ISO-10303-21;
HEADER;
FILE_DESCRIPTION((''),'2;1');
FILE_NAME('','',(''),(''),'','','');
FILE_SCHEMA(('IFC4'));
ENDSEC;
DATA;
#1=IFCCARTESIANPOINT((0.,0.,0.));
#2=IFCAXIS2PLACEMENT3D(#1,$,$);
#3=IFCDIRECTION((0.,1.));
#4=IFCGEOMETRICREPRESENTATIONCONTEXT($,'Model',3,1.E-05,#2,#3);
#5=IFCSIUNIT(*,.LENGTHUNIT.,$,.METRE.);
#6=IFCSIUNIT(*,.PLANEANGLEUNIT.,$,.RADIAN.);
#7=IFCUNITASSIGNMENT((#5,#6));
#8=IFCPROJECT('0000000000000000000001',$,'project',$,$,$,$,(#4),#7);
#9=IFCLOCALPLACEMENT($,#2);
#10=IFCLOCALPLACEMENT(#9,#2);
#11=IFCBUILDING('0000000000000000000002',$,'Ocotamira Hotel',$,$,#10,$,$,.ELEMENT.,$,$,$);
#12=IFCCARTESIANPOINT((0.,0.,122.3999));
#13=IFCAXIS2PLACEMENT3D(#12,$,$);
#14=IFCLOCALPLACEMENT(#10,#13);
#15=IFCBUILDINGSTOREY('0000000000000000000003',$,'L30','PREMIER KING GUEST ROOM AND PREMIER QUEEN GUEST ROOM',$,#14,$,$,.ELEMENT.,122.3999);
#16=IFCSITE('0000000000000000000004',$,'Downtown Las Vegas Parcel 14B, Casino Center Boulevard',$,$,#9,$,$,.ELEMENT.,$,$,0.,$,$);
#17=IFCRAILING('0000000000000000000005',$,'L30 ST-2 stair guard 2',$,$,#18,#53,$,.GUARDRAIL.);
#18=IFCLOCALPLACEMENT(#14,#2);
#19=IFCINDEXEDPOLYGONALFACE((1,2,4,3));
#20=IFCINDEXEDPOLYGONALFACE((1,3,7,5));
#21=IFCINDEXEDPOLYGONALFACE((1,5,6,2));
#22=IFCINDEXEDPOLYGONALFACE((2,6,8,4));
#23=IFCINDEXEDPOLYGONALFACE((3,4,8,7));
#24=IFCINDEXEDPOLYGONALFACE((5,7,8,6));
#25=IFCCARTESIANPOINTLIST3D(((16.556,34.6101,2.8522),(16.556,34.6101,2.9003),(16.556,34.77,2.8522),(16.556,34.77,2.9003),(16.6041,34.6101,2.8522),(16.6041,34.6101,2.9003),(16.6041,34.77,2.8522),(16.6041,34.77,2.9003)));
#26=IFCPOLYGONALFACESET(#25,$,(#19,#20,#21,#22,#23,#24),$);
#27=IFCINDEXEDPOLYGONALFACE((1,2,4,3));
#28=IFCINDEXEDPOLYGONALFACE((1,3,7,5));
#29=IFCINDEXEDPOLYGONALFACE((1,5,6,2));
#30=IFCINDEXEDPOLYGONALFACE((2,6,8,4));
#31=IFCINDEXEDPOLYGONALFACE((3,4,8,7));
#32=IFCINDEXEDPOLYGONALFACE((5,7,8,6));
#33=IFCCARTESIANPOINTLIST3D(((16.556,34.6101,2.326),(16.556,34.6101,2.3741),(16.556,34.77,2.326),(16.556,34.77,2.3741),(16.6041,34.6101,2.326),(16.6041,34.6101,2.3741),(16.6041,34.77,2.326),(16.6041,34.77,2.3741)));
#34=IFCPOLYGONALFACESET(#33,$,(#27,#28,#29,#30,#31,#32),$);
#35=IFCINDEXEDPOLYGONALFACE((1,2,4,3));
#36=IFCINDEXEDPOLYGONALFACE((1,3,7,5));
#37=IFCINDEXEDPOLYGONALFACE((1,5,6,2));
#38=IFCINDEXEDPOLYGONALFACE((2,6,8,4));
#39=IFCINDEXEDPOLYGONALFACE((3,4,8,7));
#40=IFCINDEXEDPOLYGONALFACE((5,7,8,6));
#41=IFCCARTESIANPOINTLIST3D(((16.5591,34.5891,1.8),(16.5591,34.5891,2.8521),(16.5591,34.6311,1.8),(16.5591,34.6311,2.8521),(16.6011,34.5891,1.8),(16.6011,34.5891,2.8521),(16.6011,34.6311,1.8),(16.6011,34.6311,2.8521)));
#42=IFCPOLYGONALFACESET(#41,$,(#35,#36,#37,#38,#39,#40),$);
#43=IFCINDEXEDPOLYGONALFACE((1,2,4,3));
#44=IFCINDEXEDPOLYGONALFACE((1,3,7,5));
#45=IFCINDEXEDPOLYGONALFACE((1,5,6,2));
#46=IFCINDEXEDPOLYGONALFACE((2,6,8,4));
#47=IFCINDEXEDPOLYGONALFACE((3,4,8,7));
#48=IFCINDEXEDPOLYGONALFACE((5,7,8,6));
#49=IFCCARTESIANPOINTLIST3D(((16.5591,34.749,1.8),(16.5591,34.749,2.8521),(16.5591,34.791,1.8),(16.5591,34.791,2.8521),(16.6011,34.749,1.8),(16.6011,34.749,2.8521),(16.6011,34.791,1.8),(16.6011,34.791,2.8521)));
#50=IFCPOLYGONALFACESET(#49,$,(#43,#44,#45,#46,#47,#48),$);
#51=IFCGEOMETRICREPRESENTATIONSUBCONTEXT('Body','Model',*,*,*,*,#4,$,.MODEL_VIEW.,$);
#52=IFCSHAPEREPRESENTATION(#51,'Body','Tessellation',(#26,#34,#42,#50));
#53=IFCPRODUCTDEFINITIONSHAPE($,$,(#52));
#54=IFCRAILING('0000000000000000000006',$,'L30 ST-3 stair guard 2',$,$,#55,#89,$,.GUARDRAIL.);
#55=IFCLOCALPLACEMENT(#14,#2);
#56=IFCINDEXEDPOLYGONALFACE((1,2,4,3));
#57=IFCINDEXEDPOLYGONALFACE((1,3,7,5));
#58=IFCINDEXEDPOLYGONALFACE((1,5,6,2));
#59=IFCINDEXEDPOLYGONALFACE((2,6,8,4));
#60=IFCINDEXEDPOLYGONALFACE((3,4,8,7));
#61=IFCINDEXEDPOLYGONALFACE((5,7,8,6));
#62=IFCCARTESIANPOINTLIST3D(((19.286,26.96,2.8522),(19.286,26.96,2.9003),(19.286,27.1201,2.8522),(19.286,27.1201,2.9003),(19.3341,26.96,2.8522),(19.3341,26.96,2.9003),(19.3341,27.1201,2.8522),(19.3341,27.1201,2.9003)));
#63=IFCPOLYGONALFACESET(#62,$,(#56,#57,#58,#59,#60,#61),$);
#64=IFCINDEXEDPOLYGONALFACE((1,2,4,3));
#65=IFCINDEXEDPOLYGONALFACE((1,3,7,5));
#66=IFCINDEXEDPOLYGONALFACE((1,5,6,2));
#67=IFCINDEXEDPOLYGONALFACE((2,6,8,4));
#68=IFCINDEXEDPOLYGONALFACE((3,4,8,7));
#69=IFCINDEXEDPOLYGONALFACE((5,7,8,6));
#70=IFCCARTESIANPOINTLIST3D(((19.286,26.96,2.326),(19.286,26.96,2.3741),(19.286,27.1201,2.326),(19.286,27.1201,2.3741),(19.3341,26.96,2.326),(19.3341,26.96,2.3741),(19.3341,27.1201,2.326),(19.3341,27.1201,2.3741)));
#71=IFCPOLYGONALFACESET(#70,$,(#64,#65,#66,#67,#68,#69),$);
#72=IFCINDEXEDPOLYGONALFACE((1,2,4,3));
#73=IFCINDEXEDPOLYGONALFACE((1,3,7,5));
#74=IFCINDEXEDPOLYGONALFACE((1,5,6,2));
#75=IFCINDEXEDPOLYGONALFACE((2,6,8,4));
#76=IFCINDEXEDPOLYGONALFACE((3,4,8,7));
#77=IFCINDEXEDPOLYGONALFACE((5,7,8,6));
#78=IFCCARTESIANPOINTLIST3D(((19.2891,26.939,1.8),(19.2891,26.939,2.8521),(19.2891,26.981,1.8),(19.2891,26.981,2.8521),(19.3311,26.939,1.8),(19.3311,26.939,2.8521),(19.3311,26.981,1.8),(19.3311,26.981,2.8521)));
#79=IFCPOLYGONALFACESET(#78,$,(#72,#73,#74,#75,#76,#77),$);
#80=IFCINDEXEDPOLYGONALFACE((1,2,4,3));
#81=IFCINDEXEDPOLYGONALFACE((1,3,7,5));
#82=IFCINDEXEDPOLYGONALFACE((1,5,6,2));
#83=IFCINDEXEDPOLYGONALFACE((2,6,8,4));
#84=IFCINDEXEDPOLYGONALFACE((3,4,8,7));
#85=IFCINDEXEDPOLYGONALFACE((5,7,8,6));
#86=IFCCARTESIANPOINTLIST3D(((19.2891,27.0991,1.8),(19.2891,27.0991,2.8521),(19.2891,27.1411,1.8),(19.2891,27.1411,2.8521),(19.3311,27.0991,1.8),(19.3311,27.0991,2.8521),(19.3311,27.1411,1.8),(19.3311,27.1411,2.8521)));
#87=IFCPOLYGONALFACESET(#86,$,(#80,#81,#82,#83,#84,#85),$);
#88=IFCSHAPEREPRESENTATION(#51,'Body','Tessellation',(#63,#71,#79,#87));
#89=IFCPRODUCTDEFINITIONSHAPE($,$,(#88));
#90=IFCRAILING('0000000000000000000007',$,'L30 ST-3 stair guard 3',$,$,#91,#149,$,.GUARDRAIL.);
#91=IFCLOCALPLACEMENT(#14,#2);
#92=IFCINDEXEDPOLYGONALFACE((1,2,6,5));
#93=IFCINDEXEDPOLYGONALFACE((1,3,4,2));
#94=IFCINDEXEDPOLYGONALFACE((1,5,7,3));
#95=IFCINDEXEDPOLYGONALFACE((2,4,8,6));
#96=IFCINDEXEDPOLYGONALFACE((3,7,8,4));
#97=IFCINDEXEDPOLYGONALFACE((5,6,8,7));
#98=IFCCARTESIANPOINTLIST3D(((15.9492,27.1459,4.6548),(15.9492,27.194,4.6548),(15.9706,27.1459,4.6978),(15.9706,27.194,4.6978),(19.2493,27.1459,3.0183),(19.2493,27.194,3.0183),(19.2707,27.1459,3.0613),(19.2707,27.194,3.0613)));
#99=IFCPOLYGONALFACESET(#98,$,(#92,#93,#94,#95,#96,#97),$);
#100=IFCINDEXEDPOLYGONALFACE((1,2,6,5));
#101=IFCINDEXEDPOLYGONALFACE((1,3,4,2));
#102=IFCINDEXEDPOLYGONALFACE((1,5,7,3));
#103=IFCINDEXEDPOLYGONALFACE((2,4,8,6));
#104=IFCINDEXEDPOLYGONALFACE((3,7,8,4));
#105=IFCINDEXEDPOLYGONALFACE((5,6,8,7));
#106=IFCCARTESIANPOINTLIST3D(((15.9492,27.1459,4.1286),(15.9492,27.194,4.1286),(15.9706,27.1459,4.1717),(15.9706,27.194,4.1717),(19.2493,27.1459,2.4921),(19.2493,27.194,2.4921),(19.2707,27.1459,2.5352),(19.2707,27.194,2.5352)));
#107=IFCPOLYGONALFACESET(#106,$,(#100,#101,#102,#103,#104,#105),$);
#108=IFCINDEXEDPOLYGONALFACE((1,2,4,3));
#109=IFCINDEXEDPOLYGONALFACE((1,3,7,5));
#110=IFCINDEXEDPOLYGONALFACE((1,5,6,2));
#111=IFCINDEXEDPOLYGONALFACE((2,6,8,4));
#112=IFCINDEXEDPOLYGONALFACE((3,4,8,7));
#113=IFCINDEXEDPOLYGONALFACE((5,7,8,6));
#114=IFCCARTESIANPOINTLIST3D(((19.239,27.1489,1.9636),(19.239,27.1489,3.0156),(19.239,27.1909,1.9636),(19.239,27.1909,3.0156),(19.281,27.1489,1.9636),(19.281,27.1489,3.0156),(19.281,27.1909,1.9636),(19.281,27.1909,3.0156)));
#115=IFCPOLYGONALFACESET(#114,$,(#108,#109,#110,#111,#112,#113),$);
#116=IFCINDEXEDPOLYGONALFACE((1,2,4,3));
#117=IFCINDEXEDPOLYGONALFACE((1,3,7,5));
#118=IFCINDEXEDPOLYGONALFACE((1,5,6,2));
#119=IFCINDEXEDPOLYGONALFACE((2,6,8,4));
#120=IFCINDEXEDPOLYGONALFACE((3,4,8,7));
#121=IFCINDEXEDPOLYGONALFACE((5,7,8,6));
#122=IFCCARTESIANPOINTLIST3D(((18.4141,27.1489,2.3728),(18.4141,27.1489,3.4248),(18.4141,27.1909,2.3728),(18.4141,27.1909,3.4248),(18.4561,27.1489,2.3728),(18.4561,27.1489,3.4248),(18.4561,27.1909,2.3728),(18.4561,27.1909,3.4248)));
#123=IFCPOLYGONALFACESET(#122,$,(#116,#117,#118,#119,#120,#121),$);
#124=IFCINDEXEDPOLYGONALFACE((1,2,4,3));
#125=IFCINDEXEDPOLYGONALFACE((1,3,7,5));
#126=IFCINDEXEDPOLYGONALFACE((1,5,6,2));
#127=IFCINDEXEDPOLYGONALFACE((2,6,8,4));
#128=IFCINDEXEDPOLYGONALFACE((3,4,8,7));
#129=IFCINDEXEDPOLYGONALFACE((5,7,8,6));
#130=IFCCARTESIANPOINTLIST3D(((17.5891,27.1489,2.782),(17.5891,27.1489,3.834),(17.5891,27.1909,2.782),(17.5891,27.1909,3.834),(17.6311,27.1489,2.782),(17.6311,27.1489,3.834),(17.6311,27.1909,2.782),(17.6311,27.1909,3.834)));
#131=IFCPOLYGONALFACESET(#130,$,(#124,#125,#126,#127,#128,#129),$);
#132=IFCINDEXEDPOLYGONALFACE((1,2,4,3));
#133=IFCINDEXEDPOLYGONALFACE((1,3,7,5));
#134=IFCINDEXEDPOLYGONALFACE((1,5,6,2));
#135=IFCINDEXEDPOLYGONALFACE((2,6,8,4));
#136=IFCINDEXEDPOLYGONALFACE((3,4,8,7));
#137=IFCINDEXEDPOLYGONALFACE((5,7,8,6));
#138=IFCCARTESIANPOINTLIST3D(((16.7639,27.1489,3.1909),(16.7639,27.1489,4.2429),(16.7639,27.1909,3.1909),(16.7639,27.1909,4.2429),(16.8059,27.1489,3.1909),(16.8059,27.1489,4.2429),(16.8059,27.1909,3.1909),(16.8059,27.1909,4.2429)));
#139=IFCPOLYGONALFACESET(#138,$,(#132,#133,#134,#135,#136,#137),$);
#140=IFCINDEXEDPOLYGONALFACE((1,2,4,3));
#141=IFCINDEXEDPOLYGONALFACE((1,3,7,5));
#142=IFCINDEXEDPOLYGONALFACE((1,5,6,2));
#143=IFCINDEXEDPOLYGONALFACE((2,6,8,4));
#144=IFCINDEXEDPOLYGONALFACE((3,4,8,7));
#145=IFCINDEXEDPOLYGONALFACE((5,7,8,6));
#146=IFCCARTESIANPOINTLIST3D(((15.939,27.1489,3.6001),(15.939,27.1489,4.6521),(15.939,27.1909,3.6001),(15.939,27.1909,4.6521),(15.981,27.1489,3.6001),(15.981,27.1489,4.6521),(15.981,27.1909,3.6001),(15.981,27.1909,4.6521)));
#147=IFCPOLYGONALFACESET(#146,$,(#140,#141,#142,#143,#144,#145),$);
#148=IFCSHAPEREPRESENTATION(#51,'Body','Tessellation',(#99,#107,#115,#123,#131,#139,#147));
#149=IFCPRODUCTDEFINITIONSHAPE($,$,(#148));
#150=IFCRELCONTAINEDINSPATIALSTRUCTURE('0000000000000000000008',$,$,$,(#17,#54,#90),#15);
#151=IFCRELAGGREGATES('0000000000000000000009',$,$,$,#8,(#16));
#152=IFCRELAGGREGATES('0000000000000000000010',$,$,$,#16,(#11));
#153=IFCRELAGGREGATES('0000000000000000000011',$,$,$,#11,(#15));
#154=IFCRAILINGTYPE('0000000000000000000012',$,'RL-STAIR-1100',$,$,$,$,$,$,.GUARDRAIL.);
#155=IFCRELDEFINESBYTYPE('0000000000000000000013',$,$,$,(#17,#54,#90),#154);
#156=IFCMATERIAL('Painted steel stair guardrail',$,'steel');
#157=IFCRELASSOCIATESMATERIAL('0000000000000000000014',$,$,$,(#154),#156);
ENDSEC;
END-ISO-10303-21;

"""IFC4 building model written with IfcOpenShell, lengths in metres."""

from ifc_helpers import new_model, si_unit, direction, frame, origin, origin_2d, place, context, subcontext, project, spatial, rectangle, extrude, material, type_object, element, save


model = new_model("IFC4")

# Units and contexts
model_context = context("Model", 3, precision=1e-05, world=origin(), true_north=direction((0.0, 1.0)))
body_context = subcontext(model_context, "Body", "Model", "MODEL_VIEW")
ifc_project = project(units=[si_unit("LENGTHUNIT", "METRE"), si_unit("PLANEANGLEUNIT", "RADIAN")], contexts=[model_context])

# Site, building, storey
site_placement = place(None, origin())
site = spatial("IfcSite", under=ifc_project, at=site_placement, Name="Downtown Las Vegas Parcel 14B, Casino Center Boulevard", CompositionType="ELEMENT", RefElevation=0.0)
building_placement = place(site_placement, origin())
building = spatial("IfcBuilding", under=site, at=building_placement, Name="Ocotamira Hotel", CompositionType="ELEMENT")
storey_placement = place(building_placement, frame((0.0, 0.0, 122.3999)))
storey = spatial("IfcBuildingStorey", under=building, at=storey_placement, Name="L30", Description="PREMIER KING GUEST ROOM AND PREMIER QUEEN GUEST ROOM", CompositionType="ELEMENT", Elevation=122.3999)

# Railings
ifc_material_1 = material(Name="Painted steel stair guardrail", Category="steel")
railing_type_1 = type_object("IfcRailingType", Name="RL-STAIR-1100", PredefinedType="GUARDRAIL", material=ifc_material_1)
railing_1_placement = place(storey_placement, frame((16.5801, 34.6101, 1.8)))
element("IfcRailing", 1, at=railing_1_placement, inside=storey, type_object=railing_type_1, Name="L30 ST-2 stair guard 2", PredefinedType="GUARDRAIL", context=body_context, shape_type="SweptSolid", body=[
    extrude(rectangle(XDim=0.0481, YDim=0.0481, at=origin_2d()), frame((0.0, 0.0, 1.0762), z_axis=(0.0, 1.0, 0.0), x_axis=(-1.0, 0.0, 0.0)), (0.0, 0.0, 1.0), 0.1599),
    extrude(rectangle(XDim=0.0481, YDim=0.0481, at=origin_2d()), frame((0.0, 0.0, 0.55), z_axis=(0.0, 1.0, 0.0), x_axis=(-1.0, 0.0, 0.0)), (0.0, 0.0, 1.0), 0.1599),
    extrude(rectangle(XDim=0.042, YDim=0.042, at=origin_2d()), origin(), (0.0, 0.0, 1.0), 1.052),
    extrude(rectangle(XDim=0.042, YDim=0.042, at=origin_2d()), frame((0.0, 0.1599, 0.0)), (0.0, 0.0, 1.0), 1.052),
])
railing_2_placement = place(storey_placement, frame((19.3101, 26.96, 1.8)))
element("IfcRailing", 2, at=railing_2_placement, inside=storey, type_object=railing_type_1, Name="L30 ST-3 stair guard 2", PredefinedType="GUARDRAIL", context=body_context, shape_type="SweptSolid", body=[
    extrude(rectangle(XDim=0.0481, YDim=0.0481, at=origin_2d()), frame((0.0, 0.0, 1.0762), z_axis=(0.0, 1.0, 0.0), x_axis=(-1.0, 0.0, 0.0)), (0.0, 0.0, 1.0), 0.1602),
    extrude(rectangle(XDim=0.0481, YDim=0.0481, at=origin_2d()), frame((0.0, 0.0, 0.55), z_axis=(0.0, 1.0, 0.0), x_axis=(-1.0, 0.0, 0.0)), (0.0, 0.0, 1.0), 0.1602),
    extrude(rectangle(XDim=0.042, YDim=0.042, at=origin_2d()), origin(), (0.0, 0.0, 1.0), 1.052),
    extrude(rectangle(XDim=0.042, YDim=0.042, at=origin_2d()), frame((0.0, 0.1602, 0.0)), (0.0, 0.0, 1.0), 1.052),
])
railing_3_placement = place(storey_placement, frame((19.26, 27.1699, 1.9636)))
element("IfcRailing", 3, at=railing_3_placement, inside=storey, type_object=railing_type_1, Name="L30 ST-3 stair guard 3", PredefinedType="GUARDRAIL", context=body_context, shape_type="SweptSolid", body=[
    extrude(rectangle(XDim=0.0481, YDim=0.0481, at=origin_2d()), frame((0.0, 0.0, 1.0762), z_axis=(-0.895894, 0.0, 0.444268), x_axis=(0.0, -1.0, 0.0)), (0.0, 0.0, 1.0), 3.6836),
    extrude(rectangle(XDim=0.0481, YDim=0.0481, at=origin_2d()), frame((0.0, 0.0, 0.55), z_axis=(-0.895894, 0.0, 0.444268), x_axis=(0.0, -1.0, 0.0)), (0.0, 0.0, 1.0), 3.6836),
    extrude(rectangle(XDim=0.042, YDim=0.042, at=origin_2d()), origin(), (0.0, 0.0, 1.0), 1.052),
    extrude(rectangle(XDim=0.042, YDim=0.042, at=origin_2d()), frame((-0.825, 0.0, 0.4092)), (0.0, 0.0, 1.0), 1.052),
    extrude(rectangle(XDim=0.042, YDim=0.042, at=origin_2d()), frame((-1.6499, 0.0, 0.8184)), (0.0, 0.0, 1.0), 1.052),
    extrude(rectangle(XDim=0.042, YDim=0.042, at=origin_2d()), frame((-2.4751, 0.0, 1.2273)), (0.0, 0.0, 1.0), 1.052),
    extrude(rectangle(XDim=0.042, YDim=0.042, at=origin_2d()), frame((-3.3, 0.0, 1.6365)), (0.0, 0.0, 1.0), 1.052),
])

save(model, "model.ifc")
